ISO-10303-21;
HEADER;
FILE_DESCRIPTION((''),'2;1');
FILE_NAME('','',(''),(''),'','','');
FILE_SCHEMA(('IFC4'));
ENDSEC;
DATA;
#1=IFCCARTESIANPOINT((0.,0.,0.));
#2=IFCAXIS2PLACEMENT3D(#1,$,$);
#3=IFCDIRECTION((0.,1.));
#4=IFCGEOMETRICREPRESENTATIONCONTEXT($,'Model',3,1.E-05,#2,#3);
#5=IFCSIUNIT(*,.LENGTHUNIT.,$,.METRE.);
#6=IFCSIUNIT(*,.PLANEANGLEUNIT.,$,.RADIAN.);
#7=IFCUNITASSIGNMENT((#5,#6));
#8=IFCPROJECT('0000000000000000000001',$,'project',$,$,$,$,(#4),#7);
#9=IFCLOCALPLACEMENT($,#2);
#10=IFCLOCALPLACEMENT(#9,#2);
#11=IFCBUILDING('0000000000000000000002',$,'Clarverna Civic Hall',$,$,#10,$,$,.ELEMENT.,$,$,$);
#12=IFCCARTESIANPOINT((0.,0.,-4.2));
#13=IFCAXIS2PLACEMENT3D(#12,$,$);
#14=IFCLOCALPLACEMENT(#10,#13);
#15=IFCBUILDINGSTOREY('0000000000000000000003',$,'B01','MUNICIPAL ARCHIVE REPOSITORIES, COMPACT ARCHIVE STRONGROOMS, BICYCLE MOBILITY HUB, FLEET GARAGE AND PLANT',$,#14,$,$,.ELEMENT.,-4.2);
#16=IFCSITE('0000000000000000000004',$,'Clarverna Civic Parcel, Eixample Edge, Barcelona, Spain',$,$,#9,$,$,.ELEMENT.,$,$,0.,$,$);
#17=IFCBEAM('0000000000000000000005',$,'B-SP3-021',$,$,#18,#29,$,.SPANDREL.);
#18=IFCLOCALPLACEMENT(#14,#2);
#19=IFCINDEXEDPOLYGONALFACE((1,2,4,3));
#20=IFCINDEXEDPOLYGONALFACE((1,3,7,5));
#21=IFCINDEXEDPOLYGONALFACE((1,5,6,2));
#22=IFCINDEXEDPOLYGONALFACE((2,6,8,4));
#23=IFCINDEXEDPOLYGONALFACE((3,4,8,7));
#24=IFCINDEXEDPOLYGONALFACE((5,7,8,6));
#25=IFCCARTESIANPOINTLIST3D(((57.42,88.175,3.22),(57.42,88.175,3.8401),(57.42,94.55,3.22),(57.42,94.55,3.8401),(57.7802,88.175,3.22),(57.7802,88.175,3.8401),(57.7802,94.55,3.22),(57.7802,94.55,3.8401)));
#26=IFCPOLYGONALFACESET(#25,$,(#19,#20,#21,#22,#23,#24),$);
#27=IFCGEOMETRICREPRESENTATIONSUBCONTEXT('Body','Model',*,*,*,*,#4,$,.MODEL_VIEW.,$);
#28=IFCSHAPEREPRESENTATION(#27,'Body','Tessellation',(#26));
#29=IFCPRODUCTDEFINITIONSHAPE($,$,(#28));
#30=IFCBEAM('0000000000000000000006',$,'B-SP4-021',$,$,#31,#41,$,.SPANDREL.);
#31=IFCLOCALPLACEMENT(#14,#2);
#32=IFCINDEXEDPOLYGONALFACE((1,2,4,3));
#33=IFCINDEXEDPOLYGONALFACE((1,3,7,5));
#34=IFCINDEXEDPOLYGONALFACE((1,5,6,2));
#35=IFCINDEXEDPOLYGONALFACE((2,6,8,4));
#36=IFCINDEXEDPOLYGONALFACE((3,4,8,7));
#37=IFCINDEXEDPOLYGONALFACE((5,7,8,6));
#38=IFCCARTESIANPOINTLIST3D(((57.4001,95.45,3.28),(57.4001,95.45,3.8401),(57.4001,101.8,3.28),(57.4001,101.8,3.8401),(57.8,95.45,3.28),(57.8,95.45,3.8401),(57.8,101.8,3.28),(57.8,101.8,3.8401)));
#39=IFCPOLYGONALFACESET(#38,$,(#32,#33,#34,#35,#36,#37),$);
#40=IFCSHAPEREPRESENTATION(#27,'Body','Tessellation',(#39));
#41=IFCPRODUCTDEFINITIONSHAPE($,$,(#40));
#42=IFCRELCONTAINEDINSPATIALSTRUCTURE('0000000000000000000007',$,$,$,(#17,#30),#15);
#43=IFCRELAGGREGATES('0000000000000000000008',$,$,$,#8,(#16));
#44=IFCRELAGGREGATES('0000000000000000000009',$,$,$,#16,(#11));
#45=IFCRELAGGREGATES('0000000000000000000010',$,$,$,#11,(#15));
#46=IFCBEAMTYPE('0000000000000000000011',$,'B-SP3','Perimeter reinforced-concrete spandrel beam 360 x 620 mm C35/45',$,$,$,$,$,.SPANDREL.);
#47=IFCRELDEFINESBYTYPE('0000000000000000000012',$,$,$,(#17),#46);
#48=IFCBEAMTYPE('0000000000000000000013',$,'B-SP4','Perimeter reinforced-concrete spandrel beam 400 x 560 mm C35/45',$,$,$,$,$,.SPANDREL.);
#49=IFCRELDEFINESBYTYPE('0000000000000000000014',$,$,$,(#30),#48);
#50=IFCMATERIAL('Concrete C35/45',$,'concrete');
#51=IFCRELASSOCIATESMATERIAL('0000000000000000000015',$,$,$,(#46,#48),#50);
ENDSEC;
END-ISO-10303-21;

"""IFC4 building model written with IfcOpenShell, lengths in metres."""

from ifc_helpers import new_model, si_unit, direction, frame, origin, origin_2d, place, context, subcontext, project, spatial, rectangle, extrude, material, material_profile, profile_set, type_object, element, save


model = new_model("IFC4")

# Units and contexts
model_context = context("Model", 3, precision=1e-05, world=origin(), true_north=direction((0.0, 1.0)))
body_context = subcontext(model_context, "Body", "Model", "MODEL_VIEW")
ifc_project = project(units=[si_unit("LENGTHUNIT", "METRE"), si_unit("PLANEANGLEUNIT", "RADIAN")], contexts=[model_context])

# Site, building, storey
site_placement = place(None, origin())
site = spatial("IfcSite", under=ifc_project, at=site_placement, Name="Clarverna Civic Parcel, Eixample Edge, Barcelona, Spain", CompositionType="ELEMENT", RefElevation=0.0)
building_placement = place(site_placement, origin())
building = spatial("IfcBuilding", under=site, at=building_placement, Name="Clarverna Civic Hall", CompositionType="ELEMENT")
storey_placement = place(building_placement, frame((0.0, 0.0, -4.2)))
storey = spatial("IfcBuildingStorey", under=building, at=storey_placement, Name="B01", Description="MUNICIPAL ARCHIVE REPOSITORIES, COMPACT ARCHIVE STRONGROOMS, BICYCLE MOBILITY HUB, FLEET GARAGE AND PLANT", CompositionType="ELEMENT", Elevation=-4.2)

# Beams
ifc_material_1 = material(Name="Concrete C35/45", Category="concrete")
ifc_material_profile_1 = material_profile(ifc_material_1, rectangle(XDim=0.3601, YDim=0.6201, at=origin_2d()), Name="RC 360x620")
ifc_profile_set_1 = profile_set([ifc_material_profile_1], Name="Concrete C35/45")
beam_type_1 = type_object("IfcBeamType", Name="B-SP3", Description="Perimeter reinforced-concrete spandrel beam 360 x 620 mm C35/45", PredefinedType="SPANDREL", material=ifc_profile_set_1)
beam_1_placement = place(storey_placement, frame((57.6001, 88.175, 3.53), z_axis=(0.0, 1.0, 0.0), x_axis=(-1.0, 0.0, 0.0)))
element("IfcBeam", 1, at=beam_1_placement, inside=storey, type_object=beam_type_1, Name="B-SP3-021", PredefinedType="SPANDREL", context=body_context, shape_type="SweptSolid", body=[
    extrude(rectangle(XDim=0.3601, YDim=0.6201, at=origin_2d()), origin(), (0.0, 0.0, 1.0), 6.375),
])
ifc_material_profile_2 = material_profile(ifc_material_1, rectangle(XDim=0.3999, YDim=0.5601, at=origin_2d()), Name="RC 400x560")
ifc_profile_set_2 = profile_set([ifc_material_profile_2], Name="Concrete C35/45")
beam_type_2 = type_object("IfcBeamType", Name="B-SP4", Description="Perimeter reinforced-concrete spandrel beam 400 x 560 mm C35/45", PredefinedType="SPANDREL", material=ifc_profile_set_2)
beam_2_placement = place(storey_placement, frame((57.6001, 95.45, 3.5601), z_axis=(0.0, 1.0, 0.0), x_axis=(-1.0, 0.0, 0.0)))
element("IfcBeam", 2, at=beam_2_placement, inside=storey, type_object=beam_type_2, Name="B-SP4-021", PredefinedType="SPANDREL", context=body_context, shape_type="SweptSolid", body=[
    extrude(rectangle(XDim=0.3999, YDim=0.5601, at=origin_2d()), origin(), (0.0, 0.0, 1.0), 6.3501),
])

save(model, "model.ifc")
